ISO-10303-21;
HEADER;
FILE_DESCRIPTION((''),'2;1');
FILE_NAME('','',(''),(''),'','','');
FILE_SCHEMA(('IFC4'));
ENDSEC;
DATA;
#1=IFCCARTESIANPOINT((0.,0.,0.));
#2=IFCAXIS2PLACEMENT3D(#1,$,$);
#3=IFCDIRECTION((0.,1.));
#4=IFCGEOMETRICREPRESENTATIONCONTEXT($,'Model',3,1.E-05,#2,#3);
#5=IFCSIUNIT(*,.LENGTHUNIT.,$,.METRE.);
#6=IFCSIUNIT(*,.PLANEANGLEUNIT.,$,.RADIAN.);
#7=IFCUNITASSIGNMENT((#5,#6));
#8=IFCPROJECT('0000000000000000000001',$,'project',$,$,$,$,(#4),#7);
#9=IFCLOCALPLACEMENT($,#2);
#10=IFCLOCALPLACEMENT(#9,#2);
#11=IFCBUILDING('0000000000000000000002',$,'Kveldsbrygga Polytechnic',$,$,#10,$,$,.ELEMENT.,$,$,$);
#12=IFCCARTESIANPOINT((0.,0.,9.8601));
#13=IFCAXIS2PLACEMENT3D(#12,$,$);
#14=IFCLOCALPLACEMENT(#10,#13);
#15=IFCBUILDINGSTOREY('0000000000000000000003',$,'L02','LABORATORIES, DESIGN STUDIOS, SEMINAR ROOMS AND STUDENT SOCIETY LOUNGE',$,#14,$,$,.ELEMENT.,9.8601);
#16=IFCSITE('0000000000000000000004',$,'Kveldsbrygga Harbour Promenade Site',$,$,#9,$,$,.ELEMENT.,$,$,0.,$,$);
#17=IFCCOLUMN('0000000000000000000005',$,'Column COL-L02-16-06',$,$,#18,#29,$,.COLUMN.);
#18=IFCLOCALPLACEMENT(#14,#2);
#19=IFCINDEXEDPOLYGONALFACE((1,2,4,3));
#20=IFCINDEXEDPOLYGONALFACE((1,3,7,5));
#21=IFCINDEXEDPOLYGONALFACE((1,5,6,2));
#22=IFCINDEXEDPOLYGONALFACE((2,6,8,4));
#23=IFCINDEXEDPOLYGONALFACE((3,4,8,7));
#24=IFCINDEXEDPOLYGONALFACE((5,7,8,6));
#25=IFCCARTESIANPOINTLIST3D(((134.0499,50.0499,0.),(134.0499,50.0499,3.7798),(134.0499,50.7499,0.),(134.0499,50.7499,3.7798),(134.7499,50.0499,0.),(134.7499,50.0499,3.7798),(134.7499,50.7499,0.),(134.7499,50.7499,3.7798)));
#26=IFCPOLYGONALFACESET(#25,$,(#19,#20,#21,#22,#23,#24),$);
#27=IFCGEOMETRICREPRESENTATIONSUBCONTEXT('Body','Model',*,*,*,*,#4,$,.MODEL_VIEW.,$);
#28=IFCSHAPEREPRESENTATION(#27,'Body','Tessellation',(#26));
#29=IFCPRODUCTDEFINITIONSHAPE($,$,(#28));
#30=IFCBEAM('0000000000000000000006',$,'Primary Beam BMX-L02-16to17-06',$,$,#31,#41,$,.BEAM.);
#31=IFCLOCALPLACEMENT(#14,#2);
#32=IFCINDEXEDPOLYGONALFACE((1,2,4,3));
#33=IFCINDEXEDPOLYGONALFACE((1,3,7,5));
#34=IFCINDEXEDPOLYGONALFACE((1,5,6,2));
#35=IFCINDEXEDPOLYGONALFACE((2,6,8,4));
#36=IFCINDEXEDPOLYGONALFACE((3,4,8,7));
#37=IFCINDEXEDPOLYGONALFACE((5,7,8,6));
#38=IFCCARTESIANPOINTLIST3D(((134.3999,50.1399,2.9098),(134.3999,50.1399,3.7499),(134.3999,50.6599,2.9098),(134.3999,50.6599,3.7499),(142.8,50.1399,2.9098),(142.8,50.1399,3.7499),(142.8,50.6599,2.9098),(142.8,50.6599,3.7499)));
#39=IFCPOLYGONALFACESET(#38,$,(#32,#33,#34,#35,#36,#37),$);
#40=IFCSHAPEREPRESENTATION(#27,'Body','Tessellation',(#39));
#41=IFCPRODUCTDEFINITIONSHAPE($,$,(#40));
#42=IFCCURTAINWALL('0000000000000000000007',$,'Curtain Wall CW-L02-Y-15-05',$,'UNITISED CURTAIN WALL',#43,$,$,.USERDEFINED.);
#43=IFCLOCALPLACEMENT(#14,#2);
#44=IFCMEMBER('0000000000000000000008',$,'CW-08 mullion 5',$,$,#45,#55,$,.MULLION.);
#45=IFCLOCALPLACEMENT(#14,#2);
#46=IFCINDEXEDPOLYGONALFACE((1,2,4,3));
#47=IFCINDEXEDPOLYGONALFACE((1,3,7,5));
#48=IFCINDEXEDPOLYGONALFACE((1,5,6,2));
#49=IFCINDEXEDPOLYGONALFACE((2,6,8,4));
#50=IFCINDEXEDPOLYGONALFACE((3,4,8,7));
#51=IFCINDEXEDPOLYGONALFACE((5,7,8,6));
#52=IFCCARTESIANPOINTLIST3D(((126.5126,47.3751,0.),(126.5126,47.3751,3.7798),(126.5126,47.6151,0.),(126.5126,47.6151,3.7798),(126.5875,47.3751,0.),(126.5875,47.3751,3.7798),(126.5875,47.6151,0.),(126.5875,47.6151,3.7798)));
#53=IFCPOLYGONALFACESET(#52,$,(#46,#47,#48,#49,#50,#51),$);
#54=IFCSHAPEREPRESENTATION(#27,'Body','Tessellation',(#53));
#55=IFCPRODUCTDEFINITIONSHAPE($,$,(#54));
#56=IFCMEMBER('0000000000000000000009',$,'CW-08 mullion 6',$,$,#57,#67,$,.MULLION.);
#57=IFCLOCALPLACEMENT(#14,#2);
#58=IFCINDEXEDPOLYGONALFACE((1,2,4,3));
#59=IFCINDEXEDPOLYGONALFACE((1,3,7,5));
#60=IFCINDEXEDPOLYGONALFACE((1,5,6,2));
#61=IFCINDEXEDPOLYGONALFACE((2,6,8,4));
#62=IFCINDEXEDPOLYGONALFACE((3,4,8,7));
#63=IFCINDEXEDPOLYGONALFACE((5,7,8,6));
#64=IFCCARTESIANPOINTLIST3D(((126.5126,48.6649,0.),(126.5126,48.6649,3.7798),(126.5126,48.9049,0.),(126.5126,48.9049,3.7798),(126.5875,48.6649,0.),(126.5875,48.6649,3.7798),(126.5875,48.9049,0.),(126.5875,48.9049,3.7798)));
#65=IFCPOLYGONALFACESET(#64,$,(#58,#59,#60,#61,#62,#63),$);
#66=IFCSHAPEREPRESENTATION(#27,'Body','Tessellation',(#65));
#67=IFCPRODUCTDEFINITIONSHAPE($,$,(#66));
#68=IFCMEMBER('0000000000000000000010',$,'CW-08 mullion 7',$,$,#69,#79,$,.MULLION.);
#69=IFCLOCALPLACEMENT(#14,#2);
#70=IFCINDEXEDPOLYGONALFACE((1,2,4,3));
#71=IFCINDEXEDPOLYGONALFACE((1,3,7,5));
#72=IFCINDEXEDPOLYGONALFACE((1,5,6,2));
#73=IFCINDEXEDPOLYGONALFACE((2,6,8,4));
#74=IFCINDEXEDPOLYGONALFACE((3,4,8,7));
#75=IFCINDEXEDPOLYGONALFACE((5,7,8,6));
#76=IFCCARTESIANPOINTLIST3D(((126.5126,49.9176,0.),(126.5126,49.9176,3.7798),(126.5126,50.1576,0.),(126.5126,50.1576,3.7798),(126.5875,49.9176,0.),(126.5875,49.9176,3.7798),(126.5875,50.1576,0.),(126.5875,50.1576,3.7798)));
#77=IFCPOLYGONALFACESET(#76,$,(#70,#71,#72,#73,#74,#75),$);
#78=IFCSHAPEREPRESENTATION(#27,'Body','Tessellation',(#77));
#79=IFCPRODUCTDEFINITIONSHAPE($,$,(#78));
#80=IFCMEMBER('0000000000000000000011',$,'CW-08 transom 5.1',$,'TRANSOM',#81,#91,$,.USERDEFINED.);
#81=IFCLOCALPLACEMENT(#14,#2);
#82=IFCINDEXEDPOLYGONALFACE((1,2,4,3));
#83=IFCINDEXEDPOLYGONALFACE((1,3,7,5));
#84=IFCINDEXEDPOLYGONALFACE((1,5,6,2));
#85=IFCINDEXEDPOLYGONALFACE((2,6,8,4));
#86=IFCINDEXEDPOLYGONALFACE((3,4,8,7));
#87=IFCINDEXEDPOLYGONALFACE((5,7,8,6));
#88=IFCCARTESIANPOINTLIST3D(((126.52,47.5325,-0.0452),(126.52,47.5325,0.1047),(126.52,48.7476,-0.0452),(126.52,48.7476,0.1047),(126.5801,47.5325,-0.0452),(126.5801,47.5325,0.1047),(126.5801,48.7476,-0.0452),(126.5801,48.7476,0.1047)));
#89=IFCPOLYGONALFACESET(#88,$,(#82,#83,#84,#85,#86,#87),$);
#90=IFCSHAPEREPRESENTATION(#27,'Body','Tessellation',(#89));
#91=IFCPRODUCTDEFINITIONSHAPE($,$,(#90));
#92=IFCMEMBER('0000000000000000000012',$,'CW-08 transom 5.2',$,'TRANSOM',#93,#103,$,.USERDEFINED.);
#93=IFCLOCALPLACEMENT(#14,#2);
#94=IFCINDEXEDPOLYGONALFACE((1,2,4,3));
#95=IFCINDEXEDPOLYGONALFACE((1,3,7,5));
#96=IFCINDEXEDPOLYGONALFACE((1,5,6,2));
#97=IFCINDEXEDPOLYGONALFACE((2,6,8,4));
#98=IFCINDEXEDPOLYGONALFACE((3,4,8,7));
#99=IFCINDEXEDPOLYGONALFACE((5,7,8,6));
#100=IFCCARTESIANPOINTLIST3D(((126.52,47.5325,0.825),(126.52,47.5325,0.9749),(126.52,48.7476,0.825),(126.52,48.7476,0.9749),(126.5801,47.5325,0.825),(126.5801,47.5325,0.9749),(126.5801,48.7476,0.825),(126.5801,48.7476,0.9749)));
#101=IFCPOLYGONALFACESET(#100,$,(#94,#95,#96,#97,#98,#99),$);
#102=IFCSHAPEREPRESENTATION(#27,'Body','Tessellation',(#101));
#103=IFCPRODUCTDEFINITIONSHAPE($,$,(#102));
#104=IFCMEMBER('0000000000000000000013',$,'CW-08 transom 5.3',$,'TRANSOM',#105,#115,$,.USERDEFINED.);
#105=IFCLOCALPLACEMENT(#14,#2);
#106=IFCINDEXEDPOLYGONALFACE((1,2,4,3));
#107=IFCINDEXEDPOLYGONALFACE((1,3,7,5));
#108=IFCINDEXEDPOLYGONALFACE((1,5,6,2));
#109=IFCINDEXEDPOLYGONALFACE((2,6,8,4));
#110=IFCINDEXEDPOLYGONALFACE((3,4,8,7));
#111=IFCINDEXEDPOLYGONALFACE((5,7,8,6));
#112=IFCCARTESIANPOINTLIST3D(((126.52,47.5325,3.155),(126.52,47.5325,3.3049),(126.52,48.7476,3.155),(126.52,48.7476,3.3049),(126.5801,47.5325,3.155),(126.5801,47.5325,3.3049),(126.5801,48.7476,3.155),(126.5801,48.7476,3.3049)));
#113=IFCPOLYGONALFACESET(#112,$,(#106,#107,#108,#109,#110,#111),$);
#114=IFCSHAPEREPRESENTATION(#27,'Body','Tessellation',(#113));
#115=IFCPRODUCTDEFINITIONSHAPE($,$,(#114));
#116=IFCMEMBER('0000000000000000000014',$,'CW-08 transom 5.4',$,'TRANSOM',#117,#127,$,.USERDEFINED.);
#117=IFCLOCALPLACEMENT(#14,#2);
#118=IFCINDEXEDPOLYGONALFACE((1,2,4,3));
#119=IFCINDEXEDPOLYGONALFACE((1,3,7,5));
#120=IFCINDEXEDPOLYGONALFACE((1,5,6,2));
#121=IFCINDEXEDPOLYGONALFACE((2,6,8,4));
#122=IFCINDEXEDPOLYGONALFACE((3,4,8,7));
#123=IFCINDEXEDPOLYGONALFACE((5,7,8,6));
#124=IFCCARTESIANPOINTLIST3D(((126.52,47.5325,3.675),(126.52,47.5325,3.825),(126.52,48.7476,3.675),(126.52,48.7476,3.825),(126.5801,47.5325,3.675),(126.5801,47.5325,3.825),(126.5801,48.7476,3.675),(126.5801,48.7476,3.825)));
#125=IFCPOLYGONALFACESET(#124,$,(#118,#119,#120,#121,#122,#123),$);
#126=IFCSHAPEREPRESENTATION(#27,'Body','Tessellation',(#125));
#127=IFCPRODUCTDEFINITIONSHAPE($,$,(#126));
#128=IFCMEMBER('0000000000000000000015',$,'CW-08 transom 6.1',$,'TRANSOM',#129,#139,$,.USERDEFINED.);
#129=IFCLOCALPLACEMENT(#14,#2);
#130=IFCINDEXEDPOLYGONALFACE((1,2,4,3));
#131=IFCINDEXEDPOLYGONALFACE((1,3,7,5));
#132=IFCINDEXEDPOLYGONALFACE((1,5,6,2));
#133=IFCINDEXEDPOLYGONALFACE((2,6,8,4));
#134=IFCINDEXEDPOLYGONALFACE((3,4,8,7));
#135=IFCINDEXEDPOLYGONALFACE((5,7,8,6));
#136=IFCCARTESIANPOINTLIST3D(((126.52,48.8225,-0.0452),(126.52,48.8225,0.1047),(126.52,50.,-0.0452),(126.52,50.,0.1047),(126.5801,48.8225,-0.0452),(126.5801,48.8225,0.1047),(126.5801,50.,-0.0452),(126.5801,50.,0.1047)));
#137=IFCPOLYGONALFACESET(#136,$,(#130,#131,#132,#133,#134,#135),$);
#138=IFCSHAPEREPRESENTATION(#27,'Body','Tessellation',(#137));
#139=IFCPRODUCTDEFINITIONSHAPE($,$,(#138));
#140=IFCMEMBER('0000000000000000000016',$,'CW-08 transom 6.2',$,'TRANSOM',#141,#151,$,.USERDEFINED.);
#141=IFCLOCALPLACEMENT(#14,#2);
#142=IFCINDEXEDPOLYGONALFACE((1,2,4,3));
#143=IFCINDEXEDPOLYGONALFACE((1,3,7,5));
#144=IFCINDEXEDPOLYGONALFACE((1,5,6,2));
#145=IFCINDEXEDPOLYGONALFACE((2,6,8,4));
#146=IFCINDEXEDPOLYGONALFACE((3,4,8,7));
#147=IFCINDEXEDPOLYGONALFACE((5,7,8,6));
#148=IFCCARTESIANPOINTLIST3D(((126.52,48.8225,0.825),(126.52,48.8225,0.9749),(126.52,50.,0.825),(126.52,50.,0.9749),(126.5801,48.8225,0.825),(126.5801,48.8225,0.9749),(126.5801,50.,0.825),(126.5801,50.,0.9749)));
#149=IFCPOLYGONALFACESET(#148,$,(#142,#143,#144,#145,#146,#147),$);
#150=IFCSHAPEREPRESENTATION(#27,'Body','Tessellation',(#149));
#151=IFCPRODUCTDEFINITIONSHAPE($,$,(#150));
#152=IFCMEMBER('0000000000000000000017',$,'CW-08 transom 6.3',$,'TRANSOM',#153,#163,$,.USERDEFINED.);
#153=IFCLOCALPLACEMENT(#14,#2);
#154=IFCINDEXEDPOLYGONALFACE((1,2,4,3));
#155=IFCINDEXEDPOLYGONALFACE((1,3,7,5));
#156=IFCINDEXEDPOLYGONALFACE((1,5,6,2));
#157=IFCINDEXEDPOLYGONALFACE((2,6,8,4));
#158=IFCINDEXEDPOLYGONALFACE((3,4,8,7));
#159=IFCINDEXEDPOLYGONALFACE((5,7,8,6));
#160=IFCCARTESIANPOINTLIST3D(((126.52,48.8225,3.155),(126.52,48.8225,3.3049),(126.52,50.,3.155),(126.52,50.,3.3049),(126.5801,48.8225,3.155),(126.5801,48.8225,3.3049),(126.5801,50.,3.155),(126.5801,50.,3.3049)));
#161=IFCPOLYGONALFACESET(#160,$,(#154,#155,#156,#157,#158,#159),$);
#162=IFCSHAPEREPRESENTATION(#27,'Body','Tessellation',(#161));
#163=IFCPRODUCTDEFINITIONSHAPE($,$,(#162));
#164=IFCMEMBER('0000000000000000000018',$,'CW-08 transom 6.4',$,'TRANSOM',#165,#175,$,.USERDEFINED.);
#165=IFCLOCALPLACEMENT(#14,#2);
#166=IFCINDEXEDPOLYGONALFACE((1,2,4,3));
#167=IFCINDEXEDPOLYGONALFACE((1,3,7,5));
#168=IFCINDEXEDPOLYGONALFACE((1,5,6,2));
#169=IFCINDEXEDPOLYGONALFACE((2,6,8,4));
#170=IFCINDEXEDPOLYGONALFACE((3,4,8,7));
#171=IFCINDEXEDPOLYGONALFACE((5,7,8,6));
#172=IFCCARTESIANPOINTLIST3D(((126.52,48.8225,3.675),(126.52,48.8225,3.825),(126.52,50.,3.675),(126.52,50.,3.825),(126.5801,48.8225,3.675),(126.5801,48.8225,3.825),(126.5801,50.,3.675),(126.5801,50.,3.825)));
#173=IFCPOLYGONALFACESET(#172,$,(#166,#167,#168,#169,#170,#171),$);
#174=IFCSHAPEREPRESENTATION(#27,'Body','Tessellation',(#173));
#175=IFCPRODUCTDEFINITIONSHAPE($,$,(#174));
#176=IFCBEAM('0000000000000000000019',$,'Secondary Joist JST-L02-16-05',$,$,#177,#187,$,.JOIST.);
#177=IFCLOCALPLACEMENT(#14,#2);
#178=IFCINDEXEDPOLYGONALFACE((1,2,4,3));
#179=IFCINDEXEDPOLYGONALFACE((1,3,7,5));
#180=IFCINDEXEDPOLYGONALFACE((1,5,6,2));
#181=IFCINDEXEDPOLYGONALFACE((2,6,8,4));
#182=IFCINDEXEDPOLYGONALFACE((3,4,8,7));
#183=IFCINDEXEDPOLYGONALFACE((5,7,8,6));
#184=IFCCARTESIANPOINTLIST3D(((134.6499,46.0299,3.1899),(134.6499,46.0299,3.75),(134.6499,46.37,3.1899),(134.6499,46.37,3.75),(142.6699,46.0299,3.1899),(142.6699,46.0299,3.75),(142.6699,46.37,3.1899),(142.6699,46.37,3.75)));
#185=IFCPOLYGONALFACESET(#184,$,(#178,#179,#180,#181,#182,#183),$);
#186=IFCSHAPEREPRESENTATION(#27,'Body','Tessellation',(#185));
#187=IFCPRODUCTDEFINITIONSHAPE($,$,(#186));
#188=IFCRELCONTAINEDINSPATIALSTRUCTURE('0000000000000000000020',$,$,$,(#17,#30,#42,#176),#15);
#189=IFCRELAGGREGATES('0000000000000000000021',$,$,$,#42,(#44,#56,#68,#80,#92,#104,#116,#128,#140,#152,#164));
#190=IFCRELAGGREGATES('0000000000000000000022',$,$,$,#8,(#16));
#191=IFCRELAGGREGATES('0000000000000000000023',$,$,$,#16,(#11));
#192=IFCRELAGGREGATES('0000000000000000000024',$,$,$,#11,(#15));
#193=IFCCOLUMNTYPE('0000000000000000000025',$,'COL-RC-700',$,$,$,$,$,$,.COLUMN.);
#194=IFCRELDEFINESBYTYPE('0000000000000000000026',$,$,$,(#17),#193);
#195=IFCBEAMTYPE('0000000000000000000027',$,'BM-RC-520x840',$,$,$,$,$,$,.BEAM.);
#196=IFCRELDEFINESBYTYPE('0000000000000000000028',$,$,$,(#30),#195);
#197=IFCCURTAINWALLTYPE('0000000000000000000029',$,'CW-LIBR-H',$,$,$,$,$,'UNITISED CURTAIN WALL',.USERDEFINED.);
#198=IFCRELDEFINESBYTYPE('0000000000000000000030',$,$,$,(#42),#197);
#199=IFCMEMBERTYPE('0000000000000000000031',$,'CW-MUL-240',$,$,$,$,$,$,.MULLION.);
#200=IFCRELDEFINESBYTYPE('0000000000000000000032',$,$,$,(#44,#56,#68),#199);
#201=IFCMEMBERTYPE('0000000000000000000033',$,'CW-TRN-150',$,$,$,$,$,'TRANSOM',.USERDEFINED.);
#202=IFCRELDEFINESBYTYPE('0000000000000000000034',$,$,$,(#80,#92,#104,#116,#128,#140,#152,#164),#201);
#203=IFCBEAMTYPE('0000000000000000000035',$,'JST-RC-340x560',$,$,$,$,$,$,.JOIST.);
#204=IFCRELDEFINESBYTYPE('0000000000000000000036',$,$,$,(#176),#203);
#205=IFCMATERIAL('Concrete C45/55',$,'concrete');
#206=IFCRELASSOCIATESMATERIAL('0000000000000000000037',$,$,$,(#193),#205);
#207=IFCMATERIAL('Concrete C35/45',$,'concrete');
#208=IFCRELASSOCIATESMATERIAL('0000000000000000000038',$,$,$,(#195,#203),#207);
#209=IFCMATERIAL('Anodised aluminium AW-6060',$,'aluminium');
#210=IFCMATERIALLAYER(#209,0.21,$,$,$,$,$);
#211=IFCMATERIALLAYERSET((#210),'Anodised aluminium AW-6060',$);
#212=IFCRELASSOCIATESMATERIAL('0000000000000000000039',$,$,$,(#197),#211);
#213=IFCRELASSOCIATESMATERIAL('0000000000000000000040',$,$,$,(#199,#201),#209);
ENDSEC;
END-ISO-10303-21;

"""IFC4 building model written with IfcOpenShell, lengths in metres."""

from ifc_helpers import new_model, si_unit, direction, frame, origin, origin_2d, place, context, subcontext, project, spatial, rectangle, extrude, material, layer, layer_set, material_profile, profile_set, type_object, element, aggregate, save


model = new_model("IFC4")

# Units and contexts
model_context = context("Model", 3, precision=1e-05, world=origin(), true_north=direction((0.0, 1.0)))
body_context = subcontext(model_context, "Body", "Model", "MODEL_VIEW")
ifc_project = project(units=[si_unit("LENGTHUNIT", "METRE"), si_unit("PLANEANGLEUNIT", "RADIAN")], contexts=[model_context])

# Site, building, storey
site_placement = place(None, origin())
site = spatial("IfcSite", under=ifc_project, at=site_placement, Name="Kveldsbrygga Harbour Promenade Site", CompositionType="ELEMENT", RefElevation=0.0)
building_placement = place(site_placement, origin())
building = spatial("IfcBuilding", under=site, at=building_placement, Name="Kveldsbrygga Polytechnic", CompositionType="ELEMENT")
storey_placement = place(building_placement, frame((0.0, 0.0, 9.8601)))
storey = spatial("IfcBuildingStorey", under=building, at=storey_placement, Name="L02", Description="LABORATORIES, DESIGN STUDIOS, SEMINAR ROOMS AND STUDENT SOCIETY LOUNGE", CompositionType="ELEMENT", Elevation=9.8601)

# Column
ifc_material_1 = material(Name="Concrete C45/55", Category="concrete")
ifc_material_profile_1 = material_profile(ifc_material_1, rectangle(XDim=0.7, YDim=0.7, at=origin_2d()), Name="RC 700x700")
ifc_profile_set_1 = profile_set([ifc_material_profile_1], Name="Concrete C45/55")
column_type = type_object("IfcColumnType", Name="COL-RC-700", PredefinedType="COLUMN", material=ifc_profile_set_1)
column_placement = place(storey_placement, frame((134.3999, 50.3999, 0.0), z_axis=(0.0, 0.0, 1.0), x_axis=(1.0, 0.0, 0.0)))
element("IfcColumn", 1, at=column_placement, inside=storey, type_object=column_type, Name="Column COL-L02-16-06", PredefinedType="COLUMN", context=body_context, shape_type="SweptSolid", body=[
    extrude(rectangle(XDim=0.7, YDim=0.7, at=origin_2d()), origin(), (0.0, 0.0, 1.0), 3.7798),
])

# Beam
ifc_material_2 = material(Name="Concrete C35/45", Category="concrete")
ifc_material_profile_2 = material_profile(ifc_material_2, rectangle(XDim=0.52, YDim=0.8401, at=origin_2d()), Name="RC 520x840")
ifc_profile_set_2 = profile_set([ifc_material_profile_2], Name="Concrete C35/45")
beam_type_1 = type_object("IfcBeamType", Name="BM-RC-520x840", PredefinedType="BEAM", material=ifc_profile_set_2)
beam_1_placement = place(storey_placement, frame((134.3999, 50.3999, 3.3298), z_axis=(1.0, 0.0, 0.0), x_axis=(0.0, 1.0, 0.0)))
element("IfcBeam", 2, at=beam_1_placement, inside=storey, type_object=beam_type_1, Name="Primary Beam BMX-L02-16to17-06", PredefinedType="BEAM", context=body_context, shape_type="SweptSolid", body=[
    extrude(rectangle(XDim=0.52, YDim=0.8401, at=origin_2d()), origin(), (0.0, 0.0, 1.0), 8.4001),
])

# Curtain wall, members
ifc_material_3 = material(Name="Anodised aluminium AW-6060", Category="aluminium")
ifc_layer_1 = layer(ifc_material_3, 0.21)
ifc_layer_set_1 = layer_set([ifc_layer_1], Name="Anodised aluminium AW-6060")
curtain_wall_type = type_object("IfcCurtainWallType", Name="CW-LIBR-H", ElementType="UNITISED CURTAIN WALL", PredefinedType="USERDEFINED", material=ifc_layer_set_1)
curtain_wall_placement = place(storey_placement, origin())
curtain_wall = element("IfcCurtainWall", 3, at=curtain_wall_placement, inside=storey, type_object=curtain_wall_type, Name="Curtain Wall CW-L02-Y-15-05", ObjectType="UNITISED CURTAIN WALL", PredefinedType="USERDEFINED")
ifc_material_profile_3 = material_profile(ifc_material_3, rectangle(XDim=0.075, YDim=0.24, at=origin_2d()), Name="ALU 75x240")
ifc_profile_set_3 = profile_set([ifc_material_profile_3], Name="Anodised aluminium AW-6060")
member_type_1 = type_object("IfcMemberType", Name="CW-MUL-240", PredefinedType="MULLION", material=ifc_profile_set_3)
member_1_placement = place(storey_placement, frame((126.55, 47.4951, 0.0), z_axis=(0.0, 0.0, 1.0), x_axis=(-1.0, 0.0, 0.0)))
member_1 = element("IfcMember", 4, at=member_1_placement, type_object=member_type_1, Name="CW-08 mullion 5", PredefinedType="MULLION", context=body_context, shape_type="SweptSolid", body=[
    extrude(rectangle(XDim=0.075, YDim=0.24, at=origin_2d()), origin(), (0.0, 0.0, 1.0), 3.7798),
])
member_2_placement = place(storey_placement, frame((126.55, 48.7849, 0.0), z_axis=(0.0, 0.0, 1.0), x_axis=(-1.0, 0.0, 0.0)))
member_2 = element("IfcMember", 5, at=member_2_placement, type_object=member_type_1, Name="CW-08 mullion 6", PredefinedType="MULLION", context=body_context, shape_type="SweptSolid", body=[
    extrude(rectangle(XDim=0.075, YDim=0.24, at=origin_2d()), origin(), (0.0, 0.0, 1.0), 3.7798),
])
member_3_placement = place(storey_placement, frame((126.55, 50.0376, 0.0), z_axis=(0.0, 0.0, 1.0), x_axis=(-1.0, 0.0, 0.0)))
member_3 = element("IfcMember", 6, at=member_3_placement, type_object=member_type_1, Name="CW-08 mullion 7", PredefinedType="MULLION", context=body_context, shape_type="SweptSolid", body=[
    extrude(rectangle(XDim=0.075, YDim=0.24, at=origin_2d()), origin(), (0.0, 0.0, 1.0), 3.7798),
])
ifc_material_profile_4 = material_profile(ifc_material_3, rectangle(XDim=0.0601, YDim=0.1499, at=origin_2d()), Name="ALU 60x150")
ifc_profile_set_4 = profile_set([ifc_material_profile_4], Name="Anodised aluminium AW-6060")
member_type_2 = type_object("IfcMemberType", Name="CW-TRN-150", ElementType="TRANSOM", PredefinedType="USERDEFINED", material=ifc_profile_set_4)
member_4_placement = place(storey_placement, frame((126.55, 47.5325, 0.0298), z_axis=(0.0, 1.0, 0.0), x_axis=(-1.0, 0.0, 0.0)))
member_4 = element("IfcMember", 7, at=member_4_placement, type_object=member_type_2, Name="CW-08 transom 5.1", ObjectType="TRANSOM", PredefinedType="USERDEFINED", context=body_context, shape_type="SweptSolid", body=[
    extrude(rectangle(XDim=0.0601, YDim=0.1499, at=origin_2d()), origin(), (0.0, 0.0, 1.0), 1.2151),
])
member_5_placement = place(storey_placement, frame((126.55, 47.5325, 0.8999), z_axis=(0.0, 1.0, 0.0), x_axis=(-1.0, 0.0, 0.0)))
member_5 = element("IfcMember", 8, at=member_5_placement, type_object=member_type_2, Name="CW-08 transom 5.2", ObjectType="TRANSOM", PredefinedType="USERDEFINED", context=body_context, shape_type="SweptSolid", body=[
    extrude(rectangle(XDim=0.0601, YDim=0.1499, at=origin_2d()), origin(), (0.0, 0.0, 1.0), 1.2151),
])
member_6_placement = place(storey_placement, frame((126.55, 47.5325, 3.23), z_axis=(0.0, 1.0, 0.0), x_axis=(-1.0, 0.0, 0.0)))
member_6 = element("IfcMember", 9, at=member_6_placement, type_object=member_type_2, Name="CW-08 transom 5.3", ObjectType="TRANSOM", PredefinedType="USERDEFINED", context=body_context, shape_type="SweptSolid", body=[
    extrude(rectangle(XDim=0.0601, YDim=0.1499, at=origin_2d()), origin(), (0.0, 0.0, 1.0), 1.2151),
])
member_7_placement = place(storey_placement, frame((126.55, 47.5325, 3.75), z_axis=(0.0, 1.0, 0.0), x_axis=(-1.0, 0.0, 0.0)))
member_7 = element("IfcMember", 10, at=member_7_placement, type_object=member_type_2, Name="CW-08 transom 5.4", ObjectType="TRANSOM", PredefinedType="USERDEFINED", context=body_context, shape_type="SweptSolid", body=[
    extrude(rectangle(XDim=0.0601, YDim=0.1499, at=origin_2d()), origin(), (0.0, 0.0, 1.0), 1.2151),
])
member_8_placement = place(storey_placement, frame((126.55, 48.8225, 0.0298), z_axis=(0.0, 1.0, 0.0), x_axis=(-1.0, 0.0, 0.0)))
member_8 = element("IfcMember", 11, at=member_8_placement, type_object=member_type_2, Name="CW-08 transom 6.1", ObjectType="TRANSOM", PredefinedType="USERDEFINED", context=body_context, shape_type="SweptSolid", body=[
    extrude(rectangle(XDim=0.0601, YDim=0.1499, at=origin_2d()), origin(), (0.0, 0.0, 1.0), 1.1775),
])
member_9_placement = place(storey_placement, frame((126.55, 48.8225, 0.8999), z_axis=(0.0, 1.0, 0.0), x_axis=(-1.0, 0.0, 0.0)))
member_9 = element("IfcMember", 12, at=member_9_placement, type_object=member_type_2, Name="CW-08 transom 6.2", ObjectType="TRANSOM", PredefinedType="USERDEFINED", context=body_context, shape_type="SweptSolid", body=[
    extrude(rectangle(XDim=0.0601, YDim=0.1499, at=origin_2d()), origin(), (0.0, 0.0, 1.0), 1.1775),
])
member_10_placement = place(storey_placement, frame((126.55, 48.8225, 3.23), z_axis=(0.0, 1.0, 0.0), x_axis=(-1.0, 0.0, 0.0)))
member_10 = element("IfcMember", 13, at=member_10_placement, type_object=member_type_2, Name="CW-08 transom 6.3", ObjectType="TRANSOM", PredefinedType="USERDEFINED", context=body_context, shape_type="SweptSolid", body=[
    extrude(rectangle(XDim=0.0601, YDim=0.1499, at=origin_2d()), origin(), (0.0, 0.0, 1.0), 1.1775),
])
member_11_placement = place(storey_placement, frame((126.55, 48.8225, 3.75), z_axis=(0.0, 1.0, 0.0), x_axis=(-1.0, 0.0, 0.0)))
member_11 = element("IfcMember", 14, at=member_11_placement, type_object=member_type_2, Name="CW-08 transom 6.4", ObjectType="TRANSOM", PredefinedType="USERDEFINED", context=body_context, shape_type="SweptSolid", body=[
    extrude(rectangle(XDim=0.0601, YDim=0.1499, at=origin_2d()), origin(), (0.0, 0.0, 1.0), 1.1775),
])

# Beam
ifc_material_profile_5 = material_profile(ifc_material_2, rectangle(XDim=0.3401, YDim=0.5601, at=origin_2d()), Name="RC 340x560")
ifc_profile_set_5 = profile_set([ifc_material_profile_5], Name="Concrete C35/45")
beam_type_2 = type_object("IfcBeamType", Name="JST-RC-340x560", PredefinedType="JOIST", material=ifc_profile_set_5)
beam_2_placement = place(storey_placement, frame((134.6499, 46.2, 3.47), z_axis=(1.0, 0.0, 0.0), x_axis=(0.0, 1.0, 0.0)))
element("IfcBeam", 15, at=beam_2_placement, inside=storey, type_object=beam_type_2, Name="Secondary Joist JST-L02-16-05", PredefinedType="JOIST", context=body_context, shape_type="SweptSolid", body=[
    extrude(rectangle(XDim=0.3401, YDim=0.5601, at=origin_2d()), origin(), (0.0, 0.0, 1.0), 8.02),
])

aggregate(curtain_wall, [member_1, member_2, member_3, member_4, member_5, member_6, member_7, member_8, member_9, member_10, member_11])

save(model, "model.ifc")
